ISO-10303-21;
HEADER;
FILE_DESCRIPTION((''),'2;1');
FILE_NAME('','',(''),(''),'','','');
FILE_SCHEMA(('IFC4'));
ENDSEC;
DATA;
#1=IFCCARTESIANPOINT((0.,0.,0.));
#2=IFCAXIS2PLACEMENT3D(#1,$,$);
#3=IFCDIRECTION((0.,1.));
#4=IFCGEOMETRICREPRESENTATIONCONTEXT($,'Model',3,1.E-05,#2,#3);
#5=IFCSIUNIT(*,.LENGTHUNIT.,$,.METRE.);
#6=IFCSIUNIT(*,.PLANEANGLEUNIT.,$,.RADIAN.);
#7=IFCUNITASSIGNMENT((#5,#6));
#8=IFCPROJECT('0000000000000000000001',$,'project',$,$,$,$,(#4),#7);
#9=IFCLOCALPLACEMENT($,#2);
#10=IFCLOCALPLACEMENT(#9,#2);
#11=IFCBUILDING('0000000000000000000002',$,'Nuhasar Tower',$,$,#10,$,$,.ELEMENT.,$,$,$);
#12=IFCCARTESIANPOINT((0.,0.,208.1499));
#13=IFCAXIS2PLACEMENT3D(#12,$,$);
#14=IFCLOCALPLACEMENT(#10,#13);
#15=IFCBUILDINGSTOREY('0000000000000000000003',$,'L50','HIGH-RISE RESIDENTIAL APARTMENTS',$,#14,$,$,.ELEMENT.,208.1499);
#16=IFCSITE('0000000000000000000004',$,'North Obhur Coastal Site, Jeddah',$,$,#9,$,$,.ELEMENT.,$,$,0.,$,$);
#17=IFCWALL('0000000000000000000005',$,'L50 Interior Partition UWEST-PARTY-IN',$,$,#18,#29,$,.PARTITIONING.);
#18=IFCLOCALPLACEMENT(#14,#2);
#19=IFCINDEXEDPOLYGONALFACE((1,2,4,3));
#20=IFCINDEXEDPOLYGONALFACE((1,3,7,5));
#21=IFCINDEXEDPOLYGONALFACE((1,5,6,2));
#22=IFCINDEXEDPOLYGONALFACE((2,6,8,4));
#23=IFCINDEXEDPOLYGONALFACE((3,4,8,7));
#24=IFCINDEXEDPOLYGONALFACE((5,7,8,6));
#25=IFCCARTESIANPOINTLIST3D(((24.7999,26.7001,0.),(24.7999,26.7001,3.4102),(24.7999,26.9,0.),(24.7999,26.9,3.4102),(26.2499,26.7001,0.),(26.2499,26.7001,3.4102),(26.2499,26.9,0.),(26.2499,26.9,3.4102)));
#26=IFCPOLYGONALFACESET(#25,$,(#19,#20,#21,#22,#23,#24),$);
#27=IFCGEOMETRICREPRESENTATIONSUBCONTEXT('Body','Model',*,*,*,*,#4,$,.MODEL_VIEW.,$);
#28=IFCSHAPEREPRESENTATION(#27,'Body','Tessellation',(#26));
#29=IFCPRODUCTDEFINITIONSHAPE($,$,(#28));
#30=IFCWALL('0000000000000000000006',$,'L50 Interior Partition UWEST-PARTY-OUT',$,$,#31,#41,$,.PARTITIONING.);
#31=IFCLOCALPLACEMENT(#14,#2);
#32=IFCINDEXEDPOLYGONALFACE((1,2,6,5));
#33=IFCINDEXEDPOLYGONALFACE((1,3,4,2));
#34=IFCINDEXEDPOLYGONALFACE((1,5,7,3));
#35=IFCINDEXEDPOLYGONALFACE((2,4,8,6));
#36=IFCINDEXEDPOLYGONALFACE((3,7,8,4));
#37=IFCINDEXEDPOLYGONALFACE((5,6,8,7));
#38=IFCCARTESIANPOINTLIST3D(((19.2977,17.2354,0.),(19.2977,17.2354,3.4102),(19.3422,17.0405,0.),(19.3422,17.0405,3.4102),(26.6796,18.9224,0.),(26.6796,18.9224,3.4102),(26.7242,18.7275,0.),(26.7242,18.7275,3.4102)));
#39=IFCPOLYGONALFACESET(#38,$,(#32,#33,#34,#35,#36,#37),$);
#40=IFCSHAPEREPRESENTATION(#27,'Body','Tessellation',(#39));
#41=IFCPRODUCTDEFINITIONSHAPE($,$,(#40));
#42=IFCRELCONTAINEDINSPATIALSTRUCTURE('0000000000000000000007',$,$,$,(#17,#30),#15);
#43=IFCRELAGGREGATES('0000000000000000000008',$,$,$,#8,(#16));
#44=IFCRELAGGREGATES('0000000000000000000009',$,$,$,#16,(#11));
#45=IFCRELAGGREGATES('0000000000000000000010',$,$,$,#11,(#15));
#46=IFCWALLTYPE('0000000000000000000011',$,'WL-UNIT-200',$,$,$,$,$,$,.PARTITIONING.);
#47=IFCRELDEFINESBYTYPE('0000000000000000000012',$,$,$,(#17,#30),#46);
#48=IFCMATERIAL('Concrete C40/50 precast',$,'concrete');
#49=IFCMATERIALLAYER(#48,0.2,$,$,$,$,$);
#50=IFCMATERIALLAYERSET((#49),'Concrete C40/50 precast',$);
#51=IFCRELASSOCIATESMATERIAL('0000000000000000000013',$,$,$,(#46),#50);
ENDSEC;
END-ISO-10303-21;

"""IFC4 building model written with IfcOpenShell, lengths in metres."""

from ifc_helpers import new_model, si_unit, direction, frame, frame_2d, origin, place, context, subcontext, project, spatial, rectangle, extrude, material, layer, layer_set, type_object, element, save


model = new_model("IFC4")

# Units and contexts
model_context = context("Model", 3, precision=1e-05, world=origin(), true_north=direction((0.0, 1.0)))
body_context = subcontext(model_context, "Body", "Model", "MODEL_VIEW")
ifc_project = project(units=[si_unit("LENGTHUNIT", "METRE"), si_unit("PLANEANGLEUNIT", "RADIAN")], contexts=[model_context])

# Site, building, storey
site_placement = place(None, origin())
site = spatial("IfcSite", under=ifc_project, at=site_placement, Name="North Obhur Coastal Site, Jeddah", CompositionType="ELEMENT", RefElevation=0.0)
building_placement = place(site_placement, origin())
building = spatial("IfcBuilding", under=site, at=building_placement, Name="Nuhasar Tower", CompositionType="ELEMENT")
storey_placement = place(building_placement, frame((0.0, 0.0, 208.1499)))
storey = spatial("IfcBuildingStorey", under=building, at=storey_placement, Name="L50", Description="HIGH-RISE RESIDENTIAL APARTMENTS", CompositionType="ELEMENT", Elevation=208.1499)

# Walls
ifc_material_1 = material(Name="Concrete C40/50 precast", Category="concrete")
ifc_layer_1 = layer(ifc_material_1, 0.2)
ifc_layer_set_1 = layer_set([ifc_layer_1], Name="Concrete C40/50 precast")
wall_type_1 = type_object("IfcWallType", Name="WL-UNIT-200", PredefinedType="PARTITIONING", material=ifc_layer_set_1)
wall_1_placement = place(storey_placement, frame((26.25, 26.8, 0.0), z_axis=(0.0, 0.0, 1.0), x_axis=(-1.0, 0.0, 0.0)))
element("IfcWall", 1, at=wall_1_placement, inside=storey, type_object=wall_type_1, Name="L50 Interior Partition UWEST-PARTY-IN", PredefinedType="PARTITIONING", context=body_context, shape_type="SweptSolid", body=[
    extrude(rectangle(XDim=1.45, YDim=0.2, at=frame_2d((0.7251, 0.0))), origin(), (0.0, 0.0, 1.0), 3.4102),
])
wall_2_placement = place(storey_placement, frame((26.7019, 18.825, 0.0), z_axis=(0.0, 0.0, 1.0), x_axis=(-0.974866, -0.222792, 0.0)))
element("IfcWall", 2, at=wall_2_placement, inside=storey, type_object=wall_type_1, Name="L50 Interior Partition UWEST-PARTY-OUT", PredefinedType="PARTITIONING", context=body_context, shape_type="SweptSolid", body=[
    extrude(rectangle(XDim=7.5723, YDim=0.2, at=frame_2d((3.7861, 0.0))), origin(), (0.0, 0.0, 1.0), 3.4102),
])

save(model, "model.ifc")
